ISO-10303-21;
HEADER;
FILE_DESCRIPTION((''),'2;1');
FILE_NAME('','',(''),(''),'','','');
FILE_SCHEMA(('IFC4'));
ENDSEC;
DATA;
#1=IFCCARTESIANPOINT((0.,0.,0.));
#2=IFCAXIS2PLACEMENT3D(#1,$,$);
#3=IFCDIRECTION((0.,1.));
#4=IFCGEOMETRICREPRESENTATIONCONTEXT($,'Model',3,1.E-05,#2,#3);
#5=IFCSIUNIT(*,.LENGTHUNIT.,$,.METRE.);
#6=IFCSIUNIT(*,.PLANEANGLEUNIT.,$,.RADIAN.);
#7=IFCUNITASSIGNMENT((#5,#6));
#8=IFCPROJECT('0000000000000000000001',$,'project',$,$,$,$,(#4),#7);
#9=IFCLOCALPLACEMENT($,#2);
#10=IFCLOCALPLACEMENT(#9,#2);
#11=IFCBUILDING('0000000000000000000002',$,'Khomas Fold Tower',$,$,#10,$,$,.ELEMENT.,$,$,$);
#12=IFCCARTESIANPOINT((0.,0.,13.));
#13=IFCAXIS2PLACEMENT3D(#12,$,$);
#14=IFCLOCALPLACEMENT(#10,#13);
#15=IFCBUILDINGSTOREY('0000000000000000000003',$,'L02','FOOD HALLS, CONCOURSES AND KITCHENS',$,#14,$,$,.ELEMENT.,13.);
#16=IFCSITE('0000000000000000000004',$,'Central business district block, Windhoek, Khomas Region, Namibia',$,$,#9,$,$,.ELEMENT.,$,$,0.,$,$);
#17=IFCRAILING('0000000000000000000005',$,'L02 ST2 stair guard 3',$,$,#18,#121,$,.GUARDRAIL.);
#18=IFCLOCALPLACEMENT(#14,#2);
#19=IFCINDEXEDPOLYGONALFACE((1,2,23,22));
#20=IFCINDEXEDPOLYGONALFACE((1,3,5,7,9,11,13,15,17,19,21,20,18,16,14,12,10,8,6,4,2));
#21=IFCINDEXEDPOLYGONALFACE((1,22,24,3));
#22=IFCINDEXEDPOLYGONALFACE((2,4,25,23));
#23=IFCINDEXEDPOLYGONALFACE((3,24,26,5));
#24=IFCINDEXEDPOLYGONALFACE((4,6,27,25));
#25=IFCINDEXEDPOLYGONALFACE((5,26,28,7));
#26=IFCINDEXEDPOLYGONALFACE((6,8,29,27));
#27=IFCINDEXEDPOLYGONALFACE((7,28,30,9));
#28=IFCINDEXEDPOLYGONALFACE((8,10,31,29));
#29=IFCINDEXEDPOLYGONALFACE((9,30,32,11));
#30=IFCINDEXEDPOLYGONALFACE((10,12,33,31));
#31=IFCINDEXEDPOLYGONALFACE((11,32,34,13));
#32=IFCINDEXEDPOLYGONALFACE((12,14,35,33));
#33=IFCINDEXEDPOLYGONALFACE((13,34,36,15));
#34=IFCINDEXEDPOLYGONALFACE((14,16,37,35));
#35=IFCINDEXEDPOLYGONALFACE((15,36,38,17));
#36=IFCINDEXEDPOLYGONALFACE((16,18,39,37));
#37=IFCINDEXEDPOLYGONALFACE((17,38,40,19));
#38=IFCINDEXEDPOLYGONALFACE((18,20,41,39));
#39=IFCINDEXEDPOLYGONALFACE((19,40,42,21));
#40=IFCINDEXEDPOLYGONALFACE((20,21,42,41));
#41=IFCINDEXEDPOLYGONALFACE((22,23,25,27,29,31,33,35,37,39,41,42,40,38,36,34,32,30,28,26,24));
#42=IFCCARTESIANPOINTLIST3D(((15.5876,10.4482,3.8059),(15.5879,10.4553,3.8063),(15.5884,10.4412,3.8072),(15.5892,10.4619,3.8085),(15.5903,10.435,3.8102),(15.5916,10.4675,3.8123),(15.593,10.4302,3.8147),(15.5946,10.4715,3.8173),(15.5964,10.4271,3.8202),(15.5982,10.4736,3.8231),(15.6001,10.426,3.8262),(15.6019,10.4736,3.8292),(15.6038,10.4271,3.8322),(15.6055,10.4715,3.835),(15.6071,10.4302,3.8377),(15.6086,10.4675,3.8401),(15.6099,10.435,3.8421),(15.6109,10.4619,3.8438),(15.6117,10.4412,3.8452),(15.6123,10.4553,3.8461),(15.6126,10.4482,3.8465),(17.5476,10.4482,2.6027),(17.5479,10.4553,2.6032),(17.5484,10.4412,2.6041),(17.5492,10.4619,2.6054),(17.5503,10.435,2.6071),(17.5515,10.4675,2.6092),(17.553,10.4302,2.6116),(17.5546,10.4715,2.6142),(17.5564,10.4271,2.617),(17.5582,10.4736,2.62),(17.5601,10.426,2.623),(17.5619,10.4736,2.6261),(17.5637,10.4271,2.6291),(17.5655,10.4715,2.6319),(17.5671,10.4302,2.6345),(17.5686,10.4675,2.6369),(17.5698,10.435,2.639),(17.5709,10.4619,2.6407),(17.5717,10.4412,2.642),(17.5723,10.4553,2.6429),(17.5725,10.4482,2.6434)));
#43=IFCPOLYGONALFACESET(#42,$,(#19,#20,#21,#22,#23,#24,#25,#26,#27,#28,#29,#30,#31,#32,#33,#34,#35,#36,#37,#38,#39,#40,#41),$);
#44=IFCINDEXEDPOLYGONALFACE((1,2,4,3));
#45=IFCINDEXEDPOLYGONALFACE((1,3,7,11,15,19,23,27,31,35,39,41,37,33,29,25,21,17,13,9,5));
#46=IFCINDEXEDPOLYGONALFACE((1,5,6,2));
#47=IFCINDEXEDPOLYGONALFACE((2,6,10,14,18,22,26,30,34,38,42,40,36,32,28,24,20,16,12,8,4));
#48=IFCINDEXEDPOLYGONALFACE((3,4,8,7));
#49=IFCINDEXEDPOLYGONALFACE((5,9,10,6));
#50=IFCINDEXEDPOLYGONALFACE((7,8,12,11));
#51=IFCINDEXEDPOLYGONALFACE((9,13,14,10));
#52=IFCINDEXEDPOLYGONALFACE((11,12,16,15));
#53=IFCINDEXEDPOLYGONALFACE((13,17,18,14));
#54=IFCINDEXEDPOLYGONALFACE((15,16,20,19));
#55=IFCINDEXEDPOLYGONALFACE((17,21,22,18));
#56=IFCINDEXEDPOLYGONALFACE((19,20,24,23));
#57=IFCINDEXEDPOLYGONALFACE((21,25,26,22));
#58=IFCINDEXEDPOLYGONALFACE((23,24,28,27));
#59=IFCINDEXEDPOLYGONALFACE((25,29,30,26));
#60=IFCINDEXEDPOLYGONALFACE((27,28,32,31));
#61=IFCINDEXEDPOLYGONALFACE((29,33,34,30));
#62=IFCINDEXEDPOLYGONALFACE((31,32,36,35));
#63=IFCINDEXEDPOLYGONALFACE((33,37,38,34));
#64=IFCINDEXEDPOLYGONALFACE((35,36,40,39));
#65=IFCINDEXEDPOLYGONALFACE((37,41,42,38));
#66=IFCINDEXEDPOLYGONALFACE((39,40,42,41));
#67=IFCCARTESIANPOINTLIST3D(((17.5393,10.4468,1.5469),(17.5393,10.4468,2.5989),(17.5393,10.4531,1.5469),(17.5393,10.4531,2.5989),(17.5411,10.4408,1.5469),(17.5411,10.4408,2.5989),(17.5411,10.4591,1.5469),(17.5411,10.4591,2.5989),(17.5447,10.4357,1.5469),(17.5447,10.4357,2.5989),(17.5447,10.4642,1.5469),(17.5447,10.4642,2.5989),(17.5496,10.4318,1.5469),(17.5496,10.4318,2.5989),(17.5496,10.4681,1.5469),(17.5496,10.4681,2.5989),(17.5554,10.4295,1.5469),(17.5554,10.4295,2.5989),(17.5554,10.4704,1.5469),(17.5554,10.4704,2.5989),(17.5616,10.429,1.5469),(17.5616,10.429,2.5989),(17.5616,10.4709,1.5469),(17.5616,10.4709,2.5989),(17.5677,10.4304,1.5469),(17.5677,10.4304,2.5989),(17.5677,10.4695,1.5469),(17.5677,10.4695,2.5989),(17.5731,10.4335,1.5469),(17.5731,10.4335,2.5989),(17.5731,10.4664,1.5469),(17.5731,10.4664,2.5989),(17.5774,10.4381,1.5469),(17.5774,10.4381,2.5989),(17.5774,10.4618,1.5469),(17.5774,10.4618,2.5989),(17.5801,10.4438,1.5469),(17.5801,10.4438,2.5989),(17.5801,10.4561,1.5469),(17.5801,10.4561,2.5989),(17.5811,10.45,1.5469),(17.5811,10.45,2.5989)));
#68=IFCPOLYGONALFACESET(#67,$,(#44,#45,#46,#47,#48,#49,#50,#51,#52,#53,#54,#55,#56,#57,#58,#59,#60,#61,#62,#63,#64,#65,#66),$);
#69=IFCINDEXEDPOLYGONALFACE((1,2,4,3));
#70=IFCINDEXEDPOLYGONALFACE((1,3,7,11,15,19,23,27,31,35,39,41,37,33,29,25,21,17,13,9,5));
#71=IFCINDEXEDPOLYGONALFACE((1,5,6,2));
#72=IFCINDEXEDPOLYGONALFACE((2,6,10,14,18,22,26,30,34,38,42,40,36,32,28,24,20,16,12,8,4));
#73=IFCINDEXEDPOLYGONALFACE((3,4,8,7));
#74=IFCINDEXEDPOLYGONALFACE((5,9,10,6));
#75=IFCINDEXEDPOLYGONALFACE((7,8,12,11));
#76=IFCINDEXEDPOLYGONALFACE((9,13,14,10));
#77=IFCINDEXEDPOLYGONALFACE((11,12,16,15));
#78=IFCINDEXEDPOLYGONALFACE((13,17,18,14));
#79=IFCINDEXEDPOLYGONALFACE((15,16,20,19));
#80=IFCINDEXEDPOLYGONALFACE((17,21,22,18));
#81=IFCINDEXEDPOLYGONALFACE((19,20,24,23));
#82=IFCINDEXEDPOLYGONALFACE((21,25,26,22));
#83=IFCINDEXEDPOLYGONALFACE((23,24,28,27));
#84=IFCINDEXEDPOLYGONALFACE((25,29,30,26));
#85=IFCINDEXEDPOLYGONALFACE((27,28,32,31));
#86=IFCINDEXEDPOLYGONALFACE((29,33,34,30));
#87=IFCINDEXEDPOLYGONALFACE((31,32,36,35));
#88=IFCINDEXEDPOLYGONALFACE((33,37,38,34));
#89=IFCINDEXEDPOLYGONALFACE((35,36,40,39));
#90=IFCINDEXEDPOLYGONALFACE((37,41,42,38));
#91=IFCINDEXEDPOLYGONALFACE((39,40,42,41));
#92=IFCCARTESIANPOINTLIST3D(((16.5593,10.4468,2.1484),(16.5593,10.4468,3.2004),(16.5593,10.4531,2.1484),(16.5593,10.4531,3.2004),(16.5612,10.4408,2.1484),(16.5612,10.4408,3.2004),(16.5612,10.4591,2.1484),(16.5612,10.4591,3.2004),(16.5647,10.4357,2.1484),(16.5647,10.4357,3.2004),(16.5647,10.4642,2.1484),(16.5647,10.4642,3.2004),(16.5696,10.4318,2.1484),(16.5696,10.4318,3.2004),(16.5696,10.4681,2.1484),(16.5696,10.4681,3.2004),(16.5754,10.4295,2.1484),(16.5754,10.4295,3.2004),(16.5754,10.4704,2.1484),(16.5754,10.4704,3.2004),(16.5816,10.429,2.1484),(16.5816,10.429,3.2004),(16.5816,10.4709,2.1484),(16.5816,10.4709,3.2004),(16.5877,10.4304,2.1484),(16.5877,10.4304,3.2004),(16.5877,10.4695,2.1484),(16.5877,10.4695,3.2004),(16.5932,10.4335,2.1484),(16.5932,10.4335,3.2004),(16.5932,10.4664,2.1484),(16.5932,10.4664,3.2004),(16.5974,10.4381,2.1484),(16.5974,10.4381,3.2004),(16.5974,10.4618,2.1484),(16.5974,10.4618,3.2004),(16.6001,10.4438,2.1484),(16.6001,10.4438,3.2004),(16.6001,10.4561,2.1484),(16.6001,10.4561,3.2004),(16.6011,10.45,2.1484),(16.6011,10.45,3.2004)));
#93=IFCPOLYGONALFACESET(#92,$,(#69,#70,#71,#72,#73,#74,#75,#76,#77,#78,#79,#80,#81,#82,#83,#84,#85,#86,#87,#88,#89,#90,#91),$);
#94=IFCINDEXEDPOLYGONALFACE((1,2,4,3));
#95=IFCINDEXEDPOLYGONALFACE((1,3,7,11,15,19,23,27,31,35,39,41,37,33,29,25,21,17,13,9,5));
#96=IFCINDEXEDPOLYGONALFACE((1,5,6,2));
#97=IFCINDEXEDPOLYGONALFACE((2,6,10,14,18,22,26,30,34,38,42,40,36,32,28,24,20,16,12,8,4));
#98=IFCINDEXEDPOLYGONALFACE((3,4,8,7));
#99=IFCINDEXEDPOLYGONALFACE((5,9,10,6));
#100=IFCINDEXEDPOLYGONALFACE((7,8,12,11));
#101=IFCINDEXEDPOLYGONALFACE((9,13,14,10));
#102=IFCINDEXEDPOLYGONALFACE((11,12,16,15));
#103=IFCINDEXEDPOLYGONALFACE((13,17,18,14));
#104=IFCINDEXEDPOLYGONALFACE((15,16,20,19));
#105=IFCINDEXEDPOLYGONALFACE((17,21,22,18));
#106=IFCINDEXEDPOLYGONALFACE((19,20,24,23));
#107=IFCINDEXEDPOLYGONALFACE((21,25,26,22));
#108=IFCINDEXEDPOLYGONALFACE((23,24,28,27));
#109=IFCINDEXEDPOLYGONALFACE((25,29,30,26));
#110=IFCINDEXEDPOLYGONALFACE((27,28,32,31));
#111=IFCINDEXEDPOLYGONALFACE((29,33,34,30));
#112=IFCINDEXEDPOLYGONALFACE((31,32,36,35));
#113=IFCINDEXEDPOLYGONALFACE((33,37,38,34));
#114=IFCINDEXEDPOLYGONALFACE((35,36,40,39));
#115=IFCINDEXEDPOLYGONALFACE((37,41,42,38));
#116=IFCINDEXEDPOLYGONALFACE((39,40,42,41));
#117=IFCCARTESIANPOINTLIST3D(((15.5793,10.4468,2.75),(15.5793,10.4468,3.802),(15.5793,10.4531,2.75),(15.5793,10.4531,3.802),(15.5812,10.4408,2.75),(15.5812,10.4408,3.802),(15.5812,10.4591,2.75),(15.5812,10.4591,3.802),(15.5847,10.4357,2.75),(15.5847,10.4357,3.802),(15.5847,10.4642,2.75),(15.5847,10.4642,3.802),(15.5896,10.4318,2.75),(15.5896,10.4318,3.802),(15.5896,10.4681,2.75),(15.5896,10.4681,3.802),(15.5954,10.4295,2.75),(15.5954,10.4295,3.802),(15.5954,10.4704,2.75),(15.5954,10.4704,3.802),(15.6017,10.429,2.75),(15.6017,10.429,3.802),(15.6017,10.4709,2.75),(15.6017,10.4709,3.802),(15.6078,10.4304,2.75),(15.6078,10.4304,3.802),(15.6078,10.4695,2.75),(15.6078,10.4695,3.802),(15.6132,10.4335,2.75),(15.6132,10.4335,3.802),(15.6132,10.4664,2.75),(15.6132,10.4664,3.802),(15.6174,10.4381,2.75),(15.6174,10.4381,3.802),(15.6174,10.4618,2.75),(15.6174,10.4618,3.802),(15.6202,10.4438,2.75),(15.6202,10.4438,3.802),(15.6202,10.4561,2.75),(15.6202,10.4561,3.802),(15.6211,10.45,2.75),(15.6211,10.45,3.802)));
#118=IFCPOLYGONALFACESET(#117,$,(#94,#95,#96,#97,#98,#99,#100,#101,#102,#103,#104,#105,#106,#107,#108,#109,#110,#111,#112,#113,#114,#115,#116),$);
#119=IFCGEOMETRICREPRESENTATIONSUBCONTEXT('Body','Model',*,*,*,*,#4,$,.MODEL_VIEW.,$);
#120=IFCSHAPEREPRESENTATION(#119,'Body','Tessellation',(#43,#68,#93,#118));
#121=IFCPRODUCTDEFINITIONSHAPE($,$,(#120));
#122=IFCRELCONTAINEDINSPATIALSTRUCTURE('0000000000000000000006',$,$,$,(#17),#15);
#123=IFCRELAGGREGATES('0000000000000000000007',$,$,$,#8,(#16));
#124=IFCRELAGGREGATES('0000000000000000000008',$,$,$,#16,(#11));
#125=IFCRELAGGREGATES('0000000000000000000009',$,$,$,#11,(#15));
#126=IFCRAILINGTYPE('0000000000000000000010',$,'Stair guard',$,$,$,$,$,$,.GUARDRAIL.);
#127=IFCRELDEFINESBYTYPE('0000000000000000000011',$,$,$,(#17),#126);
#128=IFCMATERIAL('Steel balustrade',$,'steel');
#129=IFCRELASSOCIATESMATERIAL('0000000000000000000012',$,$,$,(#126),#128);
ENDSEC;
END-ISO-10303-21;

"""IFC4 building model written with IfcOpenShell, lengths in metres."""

from ifc_helpers import new_model, si_unit, direction, frame, origin, origin_2d, place, context, subcontext, project, spatial, circle, extrude, source, transform, mapped, material, type_object, element, save


model = new_model("IFC4")

# Units and contexts
model_context = context("Model", 3, precision=1e-05, world=origin(), true_north=direction((0.0, 1.0)))
body_context = subcontext(model_context, "Body", "Model", "MODEL_VIEW")
ifc_project = project(units=[si_unit("LENGTHUNIT", "METRE"), si_unit("PLANEANGLEUNIT", "RADIAN")], contexts=[model_context])

# Site, building, storey
site_placement = place(None, origin())
site = spatial("IfcSite", under=ifc_project, at=site_placement, Name="Central business district block, Windhoek, Khomas Region, Namibia", CompositionType="ELEMENT", RefElevation=0.0)
building_placement = place(site_placement, origin())
building = spatial("IfcBuilding", under=site, at=building_placement, Name="Khomas Fold Tower", CompositionType="ELEMENT")
storey_placement = place(building_placement, frame((0.0, 0.0, 13.0)))
storey = spatial("IfcBuildingStorey", under=building, at=storey_placement, Name="L02", Description="FOOD HALLS, CONCOURSES AND KITCHENS", CompositionType="ELEMENT", Elevation=13.0)

# Railing
ifc_material_1 = material(Name="Steel balustrade", Category="steel")
railing_type = type_object("IfcRailingType", Name="Stair guard", PredefinedType="GUARDRAIL", material=ifc_material_1)
shared_shape_1 = source(origin(), body_context, "Body", "SweptSolid", [
    extrude(circle(Radius=0.0239, at=origin_2d()), frame((0.0, 0.0, 1.0762), z_axis=(-0.852241, 0.0, 0.523149), x_axis=(0.0, -1.0, 0.0)), (0.0, 0.0, 1.0), 2.2998),
    extrude(circle(Radius=0.021, at=origin_2d()), origin(), (0.0, 0.0, 1.0), 1.052),
    extrude(circle(Radius=0.021, at=origin_2d()), frame((-0.98, 0.0, 0.6016)), (0.0, 0.0, 1.0), 1.052),
    extrude(circle(Radius=0.021, at=origin_2d()), frame((-1.96, 0.0, 1.2031)), (0.0, 0.0, 1.0), 1.052),
])
for number, where, name in (
    (1, (17.5601, 10.45, 1.5469), "L02 ST2 stair guard 3"),
):
    element("IfcRailing", number, at=place(storey_placement, frame(where)), inside=storey, type_object=railing_type, Name=name, PredefinedType="GUARDRAIL", context=body_context, shape_type="MappedRepresentation", body=[
        mapped(shared_shape_1, transform((0.0, 0.0, 0.0))),
    ])

save(model, "model.ifc")
